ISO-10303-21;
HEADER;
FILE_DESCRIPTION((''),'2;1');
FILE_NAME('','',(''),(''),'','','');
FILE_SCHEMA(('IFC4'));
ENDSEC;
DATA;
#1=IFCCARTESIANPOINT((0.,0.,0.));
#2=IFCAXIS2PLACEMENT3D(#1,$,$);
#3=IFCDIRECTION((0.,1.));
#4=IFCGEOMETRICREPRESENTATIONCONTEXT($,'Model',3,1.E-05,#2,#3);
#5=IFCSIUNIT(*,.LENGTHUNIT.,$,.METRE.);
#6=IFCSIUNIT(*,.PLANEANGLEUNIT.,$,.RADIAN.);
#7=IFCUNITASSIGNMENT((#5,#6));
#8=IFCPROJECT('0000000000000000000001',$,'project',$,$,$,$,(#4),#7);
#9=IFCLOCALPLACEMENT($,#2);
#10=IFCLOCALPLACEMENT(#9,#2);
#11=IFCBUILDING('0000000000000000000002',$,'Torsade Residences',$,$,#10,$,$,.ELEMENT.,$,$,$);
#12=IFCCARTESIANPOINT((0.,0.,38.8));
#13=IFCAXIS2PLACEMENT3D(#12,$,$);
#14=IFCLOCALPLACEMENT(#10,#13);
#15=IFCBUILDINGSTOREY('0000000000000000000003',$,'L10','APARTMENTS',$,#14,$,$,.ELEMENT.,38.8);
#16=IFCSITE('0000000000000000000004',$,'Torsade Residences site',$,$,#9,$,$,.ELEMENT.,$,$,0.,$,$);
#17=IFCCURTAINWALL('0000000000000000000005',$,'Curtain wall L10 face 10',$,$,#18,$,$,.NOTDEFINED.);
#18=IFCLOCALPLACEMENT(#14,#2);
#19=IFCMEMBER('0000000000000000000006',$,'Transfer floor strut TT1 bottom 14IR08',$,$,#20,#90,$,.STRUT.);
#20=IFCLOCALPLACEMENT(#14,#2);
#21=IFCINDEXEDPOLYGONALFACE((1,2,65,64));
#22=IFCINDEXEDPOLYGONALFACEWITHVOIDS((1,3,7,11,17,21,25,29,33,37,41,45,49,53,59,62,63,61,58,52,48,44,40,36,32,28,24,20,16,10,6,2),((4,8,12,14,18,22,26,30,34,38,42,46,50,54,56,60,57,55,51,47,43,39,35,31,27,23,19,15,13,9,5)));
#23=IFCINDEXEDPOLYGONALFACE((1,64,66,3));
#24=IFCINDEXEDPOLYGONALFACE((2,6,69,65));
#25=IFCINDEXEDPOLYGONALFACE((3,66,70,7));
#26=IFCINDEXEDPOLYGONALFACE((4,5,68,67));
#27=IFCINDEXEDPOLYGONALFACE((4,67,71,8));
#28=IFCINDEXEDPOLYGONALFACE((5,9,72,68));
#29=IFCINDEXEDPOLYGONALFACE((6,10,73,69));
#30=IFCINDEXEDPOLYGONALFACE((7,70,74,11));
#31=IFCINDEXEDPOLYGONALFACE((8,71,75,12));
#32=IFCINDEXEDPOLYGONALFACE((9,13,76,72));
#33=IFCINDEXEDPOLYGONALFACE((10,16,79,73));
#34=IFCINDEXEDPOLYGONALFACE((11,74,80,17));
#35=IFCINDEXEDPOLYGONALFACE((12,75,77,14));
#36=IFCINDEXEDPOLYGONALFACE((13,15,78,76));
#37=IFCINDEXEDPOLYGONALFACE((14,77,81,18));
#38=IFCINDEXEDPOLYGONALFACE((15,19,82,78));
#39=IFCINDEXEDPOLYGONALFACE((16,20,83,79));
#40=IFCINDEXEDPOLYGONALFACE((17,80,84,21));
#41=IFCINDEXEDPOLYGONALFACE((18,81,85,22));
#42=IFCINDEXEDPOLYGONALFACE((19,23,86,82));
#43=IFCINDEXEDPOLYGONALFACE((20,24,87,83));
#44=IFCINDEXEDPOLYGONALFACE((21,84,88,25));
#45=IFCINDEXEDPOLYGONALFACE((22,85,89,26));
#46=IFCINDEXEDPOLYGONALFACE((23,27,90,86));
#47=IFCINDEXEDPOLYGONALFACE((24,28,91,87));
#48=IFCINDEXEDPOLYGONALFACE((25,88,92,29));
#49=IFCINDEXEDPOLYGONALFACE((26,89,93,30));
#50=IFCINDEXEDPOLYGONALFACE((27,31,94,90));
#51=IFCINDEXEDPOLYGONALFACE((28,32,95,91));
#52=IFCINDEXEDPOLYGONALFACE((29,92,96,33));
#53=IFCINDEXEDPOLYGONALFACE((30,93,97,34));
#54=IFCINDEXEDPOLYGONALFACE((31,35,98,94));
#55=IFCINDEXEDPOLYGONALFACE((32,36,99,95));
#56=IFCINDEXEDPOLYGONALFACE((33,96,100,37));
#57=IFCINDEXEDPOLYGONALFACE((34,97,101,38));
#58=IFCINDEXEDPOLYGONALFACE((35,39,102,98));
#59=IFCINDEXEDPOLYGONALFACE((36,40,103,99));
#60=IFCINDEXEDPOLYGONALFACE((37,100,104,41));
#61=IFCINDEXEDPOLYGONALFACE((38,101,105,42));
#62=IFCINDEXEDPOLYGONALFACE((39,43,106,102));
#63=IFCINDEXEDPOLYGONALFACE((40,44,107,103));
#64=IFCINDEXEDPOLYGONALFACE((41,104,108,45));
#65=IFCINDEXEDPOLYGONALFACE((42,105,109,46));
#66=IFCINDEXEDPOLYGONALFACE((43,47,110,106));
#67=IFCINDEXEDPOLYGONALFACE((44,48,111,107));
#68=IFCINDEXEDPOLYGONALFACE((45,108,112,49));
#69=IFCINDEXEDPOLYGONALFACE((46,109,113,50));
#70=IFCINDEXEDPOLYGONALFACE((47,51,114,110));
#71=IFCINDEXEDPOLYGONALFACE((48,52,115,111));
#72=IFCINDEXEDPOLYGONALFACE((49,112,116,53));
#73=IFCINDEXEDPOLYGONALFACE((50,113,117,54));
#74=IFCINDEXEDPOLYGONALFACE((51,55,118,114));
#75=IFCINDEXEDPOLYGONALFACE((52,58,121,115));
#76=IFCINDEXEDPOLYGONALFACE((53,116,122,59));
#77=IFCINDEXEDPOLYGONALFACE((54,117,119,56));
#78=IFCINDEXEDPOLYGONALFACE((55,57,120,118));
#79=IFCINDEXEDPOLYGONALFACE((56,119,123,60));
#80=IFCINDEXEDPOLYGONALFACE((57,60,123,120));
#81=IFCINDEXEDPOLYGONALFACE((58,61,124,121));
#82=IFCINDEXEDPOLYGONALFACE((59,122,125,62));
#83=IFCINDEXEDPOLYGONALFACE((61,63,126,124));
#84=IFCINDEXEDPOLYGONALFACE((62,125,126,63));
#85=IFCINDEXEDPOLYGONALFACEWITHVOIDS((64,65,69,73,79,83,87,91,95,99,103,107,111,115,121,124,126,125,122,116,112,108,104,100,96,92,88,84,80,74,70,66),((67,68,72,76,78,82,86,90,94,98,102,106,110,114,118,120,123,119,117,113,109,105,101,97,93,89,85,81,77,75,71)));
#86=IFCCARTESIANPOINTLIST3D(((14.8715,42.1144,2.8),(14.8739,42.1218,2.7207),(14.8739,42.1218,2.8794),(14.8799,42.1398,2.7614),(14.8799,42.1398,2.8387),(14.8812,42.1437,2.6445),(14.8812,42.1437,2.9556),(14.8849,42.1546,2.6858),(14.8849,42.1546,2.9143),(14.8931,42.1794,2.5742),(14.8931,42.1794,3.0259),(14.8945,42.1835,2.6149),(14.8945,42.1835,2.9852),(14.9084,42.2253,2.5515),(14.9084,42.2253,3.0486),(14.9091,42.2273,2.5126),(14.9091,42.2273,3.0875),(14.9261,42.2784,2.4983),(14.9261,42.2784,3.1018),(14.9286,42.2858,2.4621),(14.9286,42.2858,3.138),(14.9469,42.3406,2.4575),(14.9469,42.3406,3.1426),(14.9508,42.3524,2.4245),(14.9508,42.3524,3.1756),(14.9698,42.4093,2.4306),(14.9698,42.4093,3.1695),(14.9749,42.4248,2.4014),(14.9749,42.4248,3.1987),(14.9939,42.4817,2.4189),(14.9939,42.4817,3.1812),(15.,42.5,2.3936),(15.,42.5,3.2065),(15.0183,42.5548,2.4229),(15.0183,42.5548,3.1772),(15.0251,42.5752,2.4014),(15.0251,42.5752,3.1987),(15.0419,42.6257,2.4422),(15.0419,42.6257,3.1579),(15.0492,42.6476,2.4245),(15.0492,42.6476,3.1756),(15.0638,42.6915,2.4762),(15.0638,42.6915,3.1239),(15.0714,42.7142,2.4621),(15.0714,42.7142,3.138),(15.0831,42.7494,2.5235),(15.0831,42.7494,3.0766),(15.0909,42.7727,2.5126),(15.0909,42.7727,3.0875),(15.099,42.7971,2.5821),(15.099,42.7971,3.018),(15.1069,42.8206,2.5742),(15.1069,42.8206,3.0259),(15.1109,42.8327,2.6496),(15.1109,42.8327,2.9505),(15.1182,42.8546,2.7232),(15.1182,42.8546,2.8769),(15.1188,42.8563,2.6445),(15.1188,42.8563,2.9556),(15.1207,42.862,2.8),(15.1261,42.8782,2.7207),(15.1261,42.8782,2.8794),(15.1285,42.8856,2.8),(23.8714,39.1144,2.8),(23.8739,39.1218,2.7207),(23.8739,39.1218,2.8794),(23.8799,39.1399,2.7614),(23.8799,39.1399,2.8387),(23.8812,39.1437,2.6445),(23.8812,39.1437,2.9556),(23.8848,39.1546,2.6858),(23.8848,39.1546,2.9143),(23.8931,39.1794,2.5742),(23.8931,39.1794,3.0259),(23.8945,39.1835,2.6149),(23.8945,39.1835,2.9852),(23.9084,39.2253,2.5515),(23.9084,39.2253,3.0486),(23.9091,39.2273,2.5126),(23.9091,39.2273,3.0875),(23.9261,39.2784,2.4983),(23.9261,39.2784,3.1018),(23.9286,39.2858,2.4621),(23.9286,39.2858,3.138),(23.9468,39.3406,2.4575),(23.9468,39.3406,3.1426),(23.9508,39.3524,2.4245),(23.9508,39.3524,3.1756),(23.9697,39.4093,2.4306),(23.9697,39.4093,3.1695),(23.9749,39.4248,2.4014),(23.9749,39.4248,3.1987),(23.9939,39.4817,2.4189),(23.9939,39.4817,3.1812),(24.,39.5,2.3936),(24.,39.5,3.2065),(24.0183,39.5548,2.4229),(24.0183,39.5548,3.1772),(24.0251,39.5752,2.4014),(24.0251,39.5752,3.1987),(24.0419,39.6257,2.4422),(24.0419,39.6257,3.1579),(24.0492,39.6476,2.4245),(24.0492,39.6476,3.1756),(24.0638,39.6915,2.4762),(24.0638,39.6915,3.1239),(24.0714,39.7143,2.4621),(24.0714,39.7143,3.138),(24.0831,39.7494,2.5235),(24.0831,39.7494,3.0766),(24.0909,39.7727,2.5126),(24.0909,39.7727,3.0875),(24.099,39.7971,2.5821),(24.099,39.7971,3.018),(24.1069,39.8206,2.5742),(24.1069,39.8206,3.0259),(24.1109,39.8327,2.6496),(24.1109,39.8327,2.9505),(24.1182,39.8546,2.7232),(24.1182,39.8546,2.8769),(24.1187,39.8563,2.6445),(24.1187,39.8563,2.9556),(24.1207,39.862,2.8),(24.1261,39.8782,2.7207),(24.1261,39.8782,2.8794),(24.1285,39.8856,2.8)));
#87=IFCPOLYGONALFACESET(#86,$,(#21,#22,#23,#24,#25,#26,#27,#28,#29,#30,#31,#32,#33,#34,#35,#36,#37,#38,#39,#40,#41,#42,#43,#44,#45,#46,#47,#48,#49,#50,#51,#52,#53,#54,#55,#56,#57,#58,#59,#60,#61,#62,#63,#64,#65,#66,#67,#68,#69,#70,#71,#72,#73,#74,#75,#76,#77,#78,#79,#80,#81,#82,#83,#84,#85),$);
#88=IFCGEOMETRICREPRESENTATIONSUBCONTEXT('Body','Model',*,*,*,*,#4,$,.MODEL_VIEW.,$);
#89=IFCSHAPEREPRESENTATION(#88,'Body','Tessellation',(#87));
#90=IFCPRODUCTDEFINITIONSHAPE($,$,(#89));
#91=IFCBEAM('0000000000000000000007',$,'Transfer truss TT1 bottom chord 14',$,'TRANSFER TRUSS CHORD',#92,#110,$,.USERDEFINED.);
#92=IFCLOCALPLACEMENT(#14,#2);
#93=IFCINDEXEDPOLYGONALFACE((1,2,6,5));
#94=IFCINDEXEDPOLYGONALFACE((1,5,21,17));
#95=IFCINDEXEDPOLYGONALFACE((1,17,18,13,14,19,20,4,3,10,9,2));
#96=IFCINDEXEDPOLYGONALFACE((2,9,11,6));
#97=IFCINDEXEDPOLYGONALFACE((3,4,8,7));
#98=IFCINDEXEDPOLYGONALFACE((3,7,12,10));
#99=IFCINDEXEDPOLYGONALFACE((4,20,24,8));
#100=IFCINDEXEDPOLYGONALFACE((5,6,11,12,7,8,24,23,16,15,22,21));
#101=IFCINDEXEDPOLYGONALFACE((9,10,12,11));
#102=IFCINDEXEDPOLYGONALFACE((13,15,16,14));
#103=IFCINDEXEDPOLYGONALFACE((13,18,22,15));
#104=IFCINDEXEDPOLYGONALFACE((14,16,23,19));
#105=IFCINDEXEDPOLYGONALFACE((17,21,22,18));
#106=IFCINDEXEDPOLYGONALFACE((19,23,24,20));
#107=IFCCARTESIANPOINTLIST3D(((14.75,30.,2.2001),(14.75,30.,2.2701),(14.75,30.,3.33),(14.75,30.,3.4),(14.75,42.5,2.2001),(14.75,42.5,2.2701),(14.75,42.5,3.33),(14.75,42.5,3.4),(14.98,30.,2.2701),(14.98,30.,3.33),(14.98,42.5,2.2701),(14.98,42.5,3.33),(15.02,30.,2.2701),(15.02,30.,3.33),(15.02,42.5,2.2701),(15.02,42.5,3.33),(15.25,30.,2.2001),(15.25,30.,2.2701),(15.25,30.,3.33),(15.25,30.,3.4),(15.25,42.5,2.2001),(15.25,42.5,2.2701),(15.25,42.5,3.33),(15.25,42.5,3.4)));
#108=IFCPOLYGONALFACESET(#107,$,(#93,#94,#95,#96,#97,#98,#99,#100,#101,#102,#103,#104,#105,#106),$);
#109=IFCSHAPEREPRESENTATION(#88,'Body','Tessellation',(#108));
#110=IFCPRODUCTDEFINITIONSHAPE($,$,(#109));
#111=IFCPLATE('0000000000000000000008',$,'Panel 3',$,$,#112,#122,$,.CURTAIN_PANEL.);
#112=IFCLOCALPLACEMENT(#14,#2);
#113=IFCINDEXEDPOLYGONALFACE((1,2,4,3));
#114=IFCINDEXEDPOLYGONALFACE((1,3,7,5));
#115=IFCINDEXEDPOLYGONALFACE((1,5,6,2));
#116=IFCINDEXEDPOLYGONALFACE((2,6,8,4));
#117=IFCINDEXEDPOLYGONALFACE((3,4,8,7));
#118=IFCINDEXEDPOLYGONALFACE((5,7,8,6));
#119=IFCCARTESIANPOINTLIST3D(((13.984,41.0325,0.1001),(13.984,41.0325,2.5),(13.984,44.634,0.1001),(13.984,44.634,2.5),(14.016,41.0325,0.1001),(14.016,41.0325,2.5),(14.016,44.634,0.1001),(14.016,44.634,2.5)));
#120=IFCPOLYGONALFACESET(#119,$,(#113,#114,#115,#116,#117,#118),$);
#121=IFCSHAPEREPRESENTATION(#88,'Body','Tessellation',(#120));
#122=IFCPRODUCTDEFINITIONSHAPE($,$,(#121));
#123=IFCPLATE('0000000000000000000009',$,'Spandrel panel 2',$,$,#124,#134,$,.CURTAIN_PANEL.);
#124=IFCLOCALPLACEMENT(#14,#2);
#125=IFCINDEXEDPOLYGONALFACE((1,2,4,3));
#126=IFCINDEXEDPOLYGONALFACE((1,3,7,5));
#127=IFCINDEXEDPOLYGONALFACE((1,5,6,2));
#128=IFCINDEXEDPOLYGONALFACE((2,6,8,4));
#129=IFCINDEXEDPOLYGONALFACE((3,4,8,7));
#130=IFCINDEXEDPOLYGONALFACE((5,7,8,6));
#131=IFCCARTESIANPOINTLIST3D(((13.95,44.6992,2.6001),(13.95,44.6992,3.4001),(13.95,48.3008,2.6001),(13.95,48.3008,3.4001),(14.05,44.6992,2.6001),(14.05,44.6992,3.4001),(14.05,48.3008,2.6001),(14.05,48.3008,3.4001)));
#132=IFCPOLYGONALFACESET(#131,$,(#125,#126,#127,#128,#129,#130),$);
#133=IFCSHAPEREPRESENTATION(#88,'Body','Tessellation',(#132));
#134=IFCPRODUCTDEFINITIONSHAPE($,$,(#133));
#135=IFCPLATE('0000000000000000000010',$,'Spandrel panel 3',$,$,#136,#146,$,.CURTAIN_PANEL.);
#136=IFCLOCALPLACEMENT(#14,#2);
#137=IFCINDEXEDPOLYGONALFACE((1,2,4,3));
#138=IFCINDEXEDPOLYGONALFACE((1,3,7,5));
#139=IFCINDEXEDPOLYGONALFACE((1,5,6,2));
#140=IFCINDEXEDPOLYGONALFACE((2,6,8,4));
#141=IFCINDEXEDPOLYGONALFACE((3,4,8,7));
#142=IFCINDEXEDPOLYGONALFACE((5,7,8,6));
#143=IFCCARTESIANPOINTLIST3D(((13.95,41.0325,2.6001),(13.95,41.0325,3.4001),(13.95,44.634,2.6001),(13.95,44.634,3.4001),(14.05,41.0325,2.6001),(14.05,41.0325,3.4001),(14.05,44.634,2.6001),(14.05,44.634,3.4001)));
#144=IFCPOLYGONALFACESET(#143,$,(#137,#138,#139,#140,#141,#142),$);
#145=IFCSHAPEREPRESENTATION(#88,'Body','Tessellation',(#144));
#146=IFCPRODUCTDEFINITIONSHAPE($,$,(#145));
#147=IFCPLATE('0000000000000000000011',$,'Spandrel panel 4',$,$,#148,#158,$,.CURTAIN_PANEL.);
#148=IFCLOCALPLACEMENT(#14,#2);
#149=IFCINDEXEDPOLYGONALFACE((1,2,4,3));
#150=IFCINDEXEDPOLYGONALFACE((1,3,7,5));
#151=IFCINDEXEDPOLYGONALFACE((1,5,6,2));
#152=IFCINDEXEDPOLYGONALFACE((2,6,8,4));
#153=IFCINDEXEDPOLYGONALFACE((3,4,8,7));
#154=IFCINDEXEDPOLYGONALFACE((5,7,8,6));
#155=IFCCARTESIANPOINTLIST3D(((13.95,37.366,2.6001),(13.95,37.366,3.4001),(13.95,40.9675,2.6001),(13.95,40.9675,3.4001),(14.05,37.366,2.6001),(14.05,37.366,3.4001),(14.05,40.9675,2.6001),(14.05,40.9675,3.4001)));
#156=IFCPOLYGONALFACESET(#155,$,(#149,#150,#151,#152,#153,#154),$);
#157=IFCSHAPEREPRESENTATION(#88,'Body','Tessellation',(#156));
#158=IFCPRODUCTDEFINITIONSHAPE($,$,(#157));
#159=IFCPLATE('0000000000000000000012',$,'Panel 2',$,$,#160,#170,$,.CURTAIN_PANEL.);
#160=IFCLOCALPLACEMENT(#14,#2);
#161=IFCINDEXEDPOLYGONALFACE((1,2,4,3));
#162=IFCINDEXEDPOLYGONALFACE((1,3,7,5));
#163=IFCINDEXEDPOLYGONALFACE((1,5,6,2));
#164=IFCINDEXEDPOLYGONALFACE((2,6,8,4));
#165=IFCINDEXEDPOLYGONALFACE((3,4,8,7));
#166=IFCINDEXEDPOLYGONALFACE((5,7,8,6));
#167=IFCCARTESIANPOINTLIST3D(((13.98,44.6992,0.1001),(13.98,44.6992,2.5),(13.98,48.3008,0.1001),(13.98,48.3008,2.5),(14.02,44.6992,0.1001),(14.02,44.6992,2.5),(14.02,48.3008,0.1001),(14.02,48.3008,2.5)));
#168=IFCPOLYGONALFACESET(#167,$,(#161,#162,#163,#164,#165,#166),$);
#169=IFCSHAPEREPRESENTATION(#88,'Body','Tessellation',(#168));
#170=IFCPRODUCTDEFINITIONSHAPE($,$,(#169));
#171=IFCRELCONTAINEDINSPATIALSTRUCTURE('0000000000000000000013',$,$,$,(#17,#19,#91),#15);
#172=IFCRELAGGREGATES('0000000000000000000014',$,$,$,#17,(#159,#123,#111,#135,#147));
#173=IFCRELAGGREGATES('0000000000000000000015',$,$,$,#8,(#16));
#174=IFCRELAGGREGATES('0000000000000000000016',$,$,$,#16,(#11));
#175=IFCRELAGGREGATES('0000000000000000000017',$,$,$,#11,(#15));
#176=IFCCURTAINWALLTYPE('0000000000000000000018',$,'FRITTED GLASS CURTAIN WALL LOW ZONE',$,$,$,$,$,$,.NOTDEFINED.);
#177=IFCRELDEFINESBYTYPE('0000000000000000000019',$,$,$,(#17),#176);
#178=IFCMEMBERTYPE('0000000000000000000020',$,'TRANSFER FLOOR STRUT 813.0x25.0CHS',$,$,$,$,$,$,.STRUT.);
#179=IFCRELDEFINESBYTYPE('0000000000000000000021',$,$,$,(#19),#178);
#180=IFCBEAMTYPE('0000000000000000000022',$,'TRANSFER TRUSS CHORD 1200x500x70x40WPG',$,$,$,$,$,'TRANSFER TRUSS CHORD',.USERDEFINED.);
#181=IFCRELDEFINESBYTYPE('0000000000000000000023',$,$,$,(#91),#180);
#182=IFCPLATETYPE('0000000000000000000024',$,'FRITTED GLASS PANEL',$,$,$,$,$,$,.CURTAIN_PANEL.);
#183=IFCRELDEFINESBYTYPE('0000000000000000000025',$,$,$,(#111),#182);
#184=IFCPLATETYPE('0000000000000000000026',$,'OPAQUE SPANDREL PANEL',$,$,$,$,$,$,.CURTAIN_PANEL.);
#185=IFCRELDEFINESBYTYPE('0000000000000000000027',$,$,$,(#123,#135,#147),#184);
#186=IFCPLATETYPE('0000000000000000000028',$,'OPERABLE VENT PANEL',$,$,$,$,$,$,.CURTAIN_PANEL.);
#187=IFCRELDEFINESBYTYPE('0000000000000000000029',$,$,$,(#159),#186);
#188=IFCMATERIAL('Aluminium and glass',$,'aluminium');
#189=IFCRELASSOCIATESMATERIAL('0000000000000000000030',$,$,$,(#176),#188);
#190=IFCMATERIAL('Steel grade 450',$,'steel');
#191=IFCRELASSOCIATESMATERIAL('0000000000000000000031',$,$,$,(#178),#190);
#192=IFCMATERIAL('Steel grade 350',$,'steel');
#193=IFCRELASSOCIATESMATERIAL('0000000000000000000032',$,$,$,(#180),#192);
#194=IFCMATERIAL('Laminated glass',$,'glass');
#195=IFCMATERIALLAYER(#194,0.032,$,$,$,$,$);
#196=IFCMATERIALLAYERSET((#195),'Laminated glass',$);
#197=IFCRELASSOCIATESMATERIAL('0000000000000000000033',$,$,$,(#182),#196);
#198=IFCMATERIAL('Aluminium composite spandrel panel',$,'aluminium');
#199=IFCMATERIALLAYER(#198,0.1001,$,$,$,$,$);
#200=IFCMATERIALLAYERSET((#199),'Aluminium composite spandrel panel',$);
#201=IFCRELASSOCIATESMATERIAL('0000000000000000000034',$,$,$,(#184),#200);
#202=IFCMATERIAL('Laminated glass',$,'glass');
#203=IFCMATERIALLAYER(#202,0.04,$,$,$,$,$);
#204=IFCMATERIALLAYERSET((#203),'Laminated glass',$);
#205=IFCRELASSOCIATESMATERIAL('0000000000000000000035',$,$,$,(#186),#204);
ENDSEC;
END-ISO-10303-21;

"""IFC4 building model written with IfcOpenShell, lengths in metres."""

from ifc_helpers import new_model, si_unit, direction, frame, origin, origin_2d, place, context, subcontext, project, spatial, rectangle, hollow_circle, i_section, extrude, material, layer, layer_set, material_profile, profile_set, type_object, element, aggregate, save


model = new_model("IFC4")

# Units and contexts
model_context = context("Model", 3, precision=1e-05, world=origin(), true_north=direction((0.0, 1.0)))
body_context = subcontext(model_context, "Body", "Model", "MODEL_VIEW")
ifc_project = project(units=[si_unit("LENGTHUNIT", "METRE"), si_unit("PLANEANGLEUNIT", "RADIAN")], contexts=[model_context])

# Site, building, storey
site_placement = place(None, origin())
site = spatial("IfcSite", under=ifc_project, at=site_placement, Name="Torsade Residences site", CompositionType="ELEMENT", RefElevation=0.0)
building_placement = place(site_placement, origin())
building = spatial("IfcBuilding", under=site, at=building_placement, Name="Torsade Residences", CompositionType="ELEMENT")
storey_placement = place(building_placement, frame((0.0, 0.0, 38.8)))
storey = spatial("IfcBuildingStorey", under=building, at=storey_placement, Name="L10", Description="APARTMENTS", CompositionType="ELEMENT", Elevation=38.8)

# Curtain wall
ifc_material_1 = material(Name="Aluminium and glass", Category="aluminium")
curtain_wall_type = type_object("IfcCurtainWallType", Name="FRITTED GLASS CURTAIN WALL LOW ZONE", PredefinedType="NOTDEFINED", material=ifc_material_1)
curtain_wall_placement = place(storey_placement, origin())
curtain_wall = element("IfcCurtainWall", 1, at=curtain_wall_placement, inside=storey, type_object=curtain_wall_type, Name="Curtain wall L10 face 10", PredefinedType="NOTDEFINED")

# Member
ifc_material_2 = material(Name="Steel grade 450", Category="steel")
ifc_material_profile_1 = material_profile(ifc_material_2, hollow_circle(Radius=0.4065, WallThickness=0.0249, at=origin_2d()), Name="813.0x25.0CHS")
ifc_profile_set_1 = profile_set([ifc_material_profile_1], Name="Steel grade 450")
member_type_1 = type_object("IfcMemberType", Name="TRANSFER FLOOR STRUT 813.0x25.0CHS", PredefinedType="STRUT", material=ifc_profile_set_1)
member_1_placement = place(storey_placement, frame((15.0, 42.5, 2.8), z_axis=(0.948683, -0.316228, 0.0), x_axis=(0.316228, 0.948683, 0.0)))
element("IfcMember", 2, at=member_1_placement, inside=storey, type_object=member_type_1, Name="Transfer floor strut TT1 bottom 14IR08", PredefinedType="STRUT", context=body_context, shape_type="SweptSolid", body=[
    extrude(hollow_circle(Radius=0.4065, WallThickness=0.0249, at=origin_2d()), origin(), (0.0, 0.0, 1.0), 9.4868),
])

# Beam
ifc_material_3 = material(Name="Steel grade 350", Category="steel")
ifc_material_profile_2 = material_profile(ifc_material_3, i_section(OverallWidth=0.5, OverallDepth=1.2, WebThickness=0.04, FlangeThickness=0.0701, at=origin_2d()), Name="1200x500x70x40WPG")
ifc_profile_set_2 = profile_set([ifc_material_profile_2], Name="Steel grade 350")
beam_type_1 = type_object("IfcBeamType", Name="TRANSFER TRUSS CHORD 1200x500x70x40WPG", ElementType="TRANSFER TRUSS CHORD", PredefinedType="USERDEFINED", material=ifc_profile_set_2)
beam_1_placement = place(storey_placement, frame((15.0, 42.5, 2.8), z_axis=(0.0, -1.0, 0.0), x_axis=(1.0, 0.0, 0.0)))
element("IfcBeam", 3, at=beam_1_placement, inside=storey, type_object=beam_type_1, Name="Transfer truss TT1 bottom chord 14", ObjectType="TRANSFER TRUSS CHORD", PredefinedType="USERDEFINED", context=body_context, shape_type="SweptSolid", body=[
    extrude(i_section(OverallWidth=0.5, OverallDepth=1.2, WebThickness=0.04, FlangeThickness=0.0701, at=origin_2d()), origin(), (0.0, 0.0, 1.0), 12.5),
])

# Plates
ifc_material_4 = material(Name="Laminated glass", Category="glass")
ifc_layer_1 = layer(ifc_material_4, 0.032)
ifc_layer_set_1 = layer_set([ifc_layer_1], Name="Laminated glass")
plate_type_1 = type_object("IfcPlateType", Name="FRITTED GLASS PANEL", PredefinedType="CURTAIN_PANEL", material=ifc_layer_set_1)
plate_1_placement = place(storey_placement, frame((14.0, 42.8333, 0.1001), z_axis=(0.0, 0.0, 1.0), x_axis=(0.0, -1.0, 0.0)))
plate_1 = element("IfcPlate", 4, at=plate_1_placement, type_object=plate_type_1, Name="Panel 3", PredefinedType="CURTAIN_PANEL", context=body_context, shape_type="SweptSolid", body=[
    extrude(rectangle(XDim=3.6016, YDim=0.032, at=origin_2d()), origin(), (0.0, 0.0, 1.0), 2.3999),
])
ifc_material_5 = material(Name="Aluminium composite spandrel panel", Category="aluminium")
ifc_layer_2 = layer(ifc_material_5, 0.1001)
ifc_layer_set_2 = layer_set([ifc_layer_2], Name="Aluminium composite spandrel panel")
plate_type_2 = type_object("IfcPlateType", Name="OPAQUE SPANDREL PANEL", PredefinedType="CURTAIN_PANEL", material=ifc_layer_set_2)
plate_2_placement = place(storey_placement, frame((14.0, 46.5, 2.6001), z_axis=(0.0, 0.0, 1.0), x_axis=(0.0, -1.0, 0.0)))
plate_2 = element("IfcPlate", 5, at=plate_2_placement, type_object=plate_type_2, Name="Spandrel panel 2", PredefinedType="CURTAIN_PANEL", context=body_context, shape_type="SweptSolid", body=[
    extrude(rectangle(XDim=3.6016, YDim=0.1001, at=origin_2d()), origin(), (0.0, 0.0, 1.0), 0.8),
])
plate_3_placement = place(storey_placement, frame((14.0, 42.8333, 2.6001), z_axis=(0.0, 0.0, 1.0), x_axis=(0.0, -1.0, 0.0)))
plate_3 = element("IfcPlate", 6, at=plate_3_placement, type_object=plate_type_2, Name="Spandrel panel 3", PredefinedType="CURTAIN_PANEL", context=body_context, shape_type="SweptSolid", body=[
    extrude(rectangle(XDim=3.6016, YDim=0.1001, at=origin_2d()), origin(), (0.0, 0.0, 1.0), 0.8),
])
plate_4_placement = place(storey_placement, frame((14.0, 39.1667, 2.6001), z_axis=(0.0, 0.0, 1.0), x_axis=(0.0, -1.0, 0.0)))
plate_4 = element("IfcPlate", 7, at=plate_4_placement, type_object=plate_type_2, Name="Spandrel panel 4", PredefinedType="CURTAIN_PANEL", context=body_context, shape_type="SweptSolid", body=[
    extrude(rectangle(XDim=3.6016, YDim=0.1001, at=origin_2d()), origin(), (0.0, 0.0, 1.0), 0.8),
])
ifc_material_6 = material(Name="Laminated glass", Category="glass")
ifc_layer_3 = layer(ifc_material_6, 0.04)
ifc_layer_set_3 = layer_set([ifc_layer_3], Name="Laminated glass")
plate_type_3 = type_object("IfcPlateType", Name="OPERABLE VENT PANEL", PredefinedType="CURTAIN_PANEL", material=ifc_layer_set_3)
plate_5_placement = place(storey_placement, frame((14.0, 46.5, 0.1001), z_axis=(0.0, 0.0, 1.0), x_axis=(0.0, -1.0, 0.0)))
plate_5 = element("IfcPlate", 8, at=plate_5_placement, type_object=plate_type_3, Name="Panel 2", PredefinedType="CURTAIN_PANEL", context=body_context, shape_type="SweptSolid", body=[
    extrude(rectangle(XDim=3.6016, YDim=0.04, at=origin_2d()), origin(), (0.0, 0.0, 1.0), 2.3999),
])
aggregate(curtain_wall, [plate_5, plate_2, plate_1, plate_3, plate_4])

save(model, "model.ifc")
